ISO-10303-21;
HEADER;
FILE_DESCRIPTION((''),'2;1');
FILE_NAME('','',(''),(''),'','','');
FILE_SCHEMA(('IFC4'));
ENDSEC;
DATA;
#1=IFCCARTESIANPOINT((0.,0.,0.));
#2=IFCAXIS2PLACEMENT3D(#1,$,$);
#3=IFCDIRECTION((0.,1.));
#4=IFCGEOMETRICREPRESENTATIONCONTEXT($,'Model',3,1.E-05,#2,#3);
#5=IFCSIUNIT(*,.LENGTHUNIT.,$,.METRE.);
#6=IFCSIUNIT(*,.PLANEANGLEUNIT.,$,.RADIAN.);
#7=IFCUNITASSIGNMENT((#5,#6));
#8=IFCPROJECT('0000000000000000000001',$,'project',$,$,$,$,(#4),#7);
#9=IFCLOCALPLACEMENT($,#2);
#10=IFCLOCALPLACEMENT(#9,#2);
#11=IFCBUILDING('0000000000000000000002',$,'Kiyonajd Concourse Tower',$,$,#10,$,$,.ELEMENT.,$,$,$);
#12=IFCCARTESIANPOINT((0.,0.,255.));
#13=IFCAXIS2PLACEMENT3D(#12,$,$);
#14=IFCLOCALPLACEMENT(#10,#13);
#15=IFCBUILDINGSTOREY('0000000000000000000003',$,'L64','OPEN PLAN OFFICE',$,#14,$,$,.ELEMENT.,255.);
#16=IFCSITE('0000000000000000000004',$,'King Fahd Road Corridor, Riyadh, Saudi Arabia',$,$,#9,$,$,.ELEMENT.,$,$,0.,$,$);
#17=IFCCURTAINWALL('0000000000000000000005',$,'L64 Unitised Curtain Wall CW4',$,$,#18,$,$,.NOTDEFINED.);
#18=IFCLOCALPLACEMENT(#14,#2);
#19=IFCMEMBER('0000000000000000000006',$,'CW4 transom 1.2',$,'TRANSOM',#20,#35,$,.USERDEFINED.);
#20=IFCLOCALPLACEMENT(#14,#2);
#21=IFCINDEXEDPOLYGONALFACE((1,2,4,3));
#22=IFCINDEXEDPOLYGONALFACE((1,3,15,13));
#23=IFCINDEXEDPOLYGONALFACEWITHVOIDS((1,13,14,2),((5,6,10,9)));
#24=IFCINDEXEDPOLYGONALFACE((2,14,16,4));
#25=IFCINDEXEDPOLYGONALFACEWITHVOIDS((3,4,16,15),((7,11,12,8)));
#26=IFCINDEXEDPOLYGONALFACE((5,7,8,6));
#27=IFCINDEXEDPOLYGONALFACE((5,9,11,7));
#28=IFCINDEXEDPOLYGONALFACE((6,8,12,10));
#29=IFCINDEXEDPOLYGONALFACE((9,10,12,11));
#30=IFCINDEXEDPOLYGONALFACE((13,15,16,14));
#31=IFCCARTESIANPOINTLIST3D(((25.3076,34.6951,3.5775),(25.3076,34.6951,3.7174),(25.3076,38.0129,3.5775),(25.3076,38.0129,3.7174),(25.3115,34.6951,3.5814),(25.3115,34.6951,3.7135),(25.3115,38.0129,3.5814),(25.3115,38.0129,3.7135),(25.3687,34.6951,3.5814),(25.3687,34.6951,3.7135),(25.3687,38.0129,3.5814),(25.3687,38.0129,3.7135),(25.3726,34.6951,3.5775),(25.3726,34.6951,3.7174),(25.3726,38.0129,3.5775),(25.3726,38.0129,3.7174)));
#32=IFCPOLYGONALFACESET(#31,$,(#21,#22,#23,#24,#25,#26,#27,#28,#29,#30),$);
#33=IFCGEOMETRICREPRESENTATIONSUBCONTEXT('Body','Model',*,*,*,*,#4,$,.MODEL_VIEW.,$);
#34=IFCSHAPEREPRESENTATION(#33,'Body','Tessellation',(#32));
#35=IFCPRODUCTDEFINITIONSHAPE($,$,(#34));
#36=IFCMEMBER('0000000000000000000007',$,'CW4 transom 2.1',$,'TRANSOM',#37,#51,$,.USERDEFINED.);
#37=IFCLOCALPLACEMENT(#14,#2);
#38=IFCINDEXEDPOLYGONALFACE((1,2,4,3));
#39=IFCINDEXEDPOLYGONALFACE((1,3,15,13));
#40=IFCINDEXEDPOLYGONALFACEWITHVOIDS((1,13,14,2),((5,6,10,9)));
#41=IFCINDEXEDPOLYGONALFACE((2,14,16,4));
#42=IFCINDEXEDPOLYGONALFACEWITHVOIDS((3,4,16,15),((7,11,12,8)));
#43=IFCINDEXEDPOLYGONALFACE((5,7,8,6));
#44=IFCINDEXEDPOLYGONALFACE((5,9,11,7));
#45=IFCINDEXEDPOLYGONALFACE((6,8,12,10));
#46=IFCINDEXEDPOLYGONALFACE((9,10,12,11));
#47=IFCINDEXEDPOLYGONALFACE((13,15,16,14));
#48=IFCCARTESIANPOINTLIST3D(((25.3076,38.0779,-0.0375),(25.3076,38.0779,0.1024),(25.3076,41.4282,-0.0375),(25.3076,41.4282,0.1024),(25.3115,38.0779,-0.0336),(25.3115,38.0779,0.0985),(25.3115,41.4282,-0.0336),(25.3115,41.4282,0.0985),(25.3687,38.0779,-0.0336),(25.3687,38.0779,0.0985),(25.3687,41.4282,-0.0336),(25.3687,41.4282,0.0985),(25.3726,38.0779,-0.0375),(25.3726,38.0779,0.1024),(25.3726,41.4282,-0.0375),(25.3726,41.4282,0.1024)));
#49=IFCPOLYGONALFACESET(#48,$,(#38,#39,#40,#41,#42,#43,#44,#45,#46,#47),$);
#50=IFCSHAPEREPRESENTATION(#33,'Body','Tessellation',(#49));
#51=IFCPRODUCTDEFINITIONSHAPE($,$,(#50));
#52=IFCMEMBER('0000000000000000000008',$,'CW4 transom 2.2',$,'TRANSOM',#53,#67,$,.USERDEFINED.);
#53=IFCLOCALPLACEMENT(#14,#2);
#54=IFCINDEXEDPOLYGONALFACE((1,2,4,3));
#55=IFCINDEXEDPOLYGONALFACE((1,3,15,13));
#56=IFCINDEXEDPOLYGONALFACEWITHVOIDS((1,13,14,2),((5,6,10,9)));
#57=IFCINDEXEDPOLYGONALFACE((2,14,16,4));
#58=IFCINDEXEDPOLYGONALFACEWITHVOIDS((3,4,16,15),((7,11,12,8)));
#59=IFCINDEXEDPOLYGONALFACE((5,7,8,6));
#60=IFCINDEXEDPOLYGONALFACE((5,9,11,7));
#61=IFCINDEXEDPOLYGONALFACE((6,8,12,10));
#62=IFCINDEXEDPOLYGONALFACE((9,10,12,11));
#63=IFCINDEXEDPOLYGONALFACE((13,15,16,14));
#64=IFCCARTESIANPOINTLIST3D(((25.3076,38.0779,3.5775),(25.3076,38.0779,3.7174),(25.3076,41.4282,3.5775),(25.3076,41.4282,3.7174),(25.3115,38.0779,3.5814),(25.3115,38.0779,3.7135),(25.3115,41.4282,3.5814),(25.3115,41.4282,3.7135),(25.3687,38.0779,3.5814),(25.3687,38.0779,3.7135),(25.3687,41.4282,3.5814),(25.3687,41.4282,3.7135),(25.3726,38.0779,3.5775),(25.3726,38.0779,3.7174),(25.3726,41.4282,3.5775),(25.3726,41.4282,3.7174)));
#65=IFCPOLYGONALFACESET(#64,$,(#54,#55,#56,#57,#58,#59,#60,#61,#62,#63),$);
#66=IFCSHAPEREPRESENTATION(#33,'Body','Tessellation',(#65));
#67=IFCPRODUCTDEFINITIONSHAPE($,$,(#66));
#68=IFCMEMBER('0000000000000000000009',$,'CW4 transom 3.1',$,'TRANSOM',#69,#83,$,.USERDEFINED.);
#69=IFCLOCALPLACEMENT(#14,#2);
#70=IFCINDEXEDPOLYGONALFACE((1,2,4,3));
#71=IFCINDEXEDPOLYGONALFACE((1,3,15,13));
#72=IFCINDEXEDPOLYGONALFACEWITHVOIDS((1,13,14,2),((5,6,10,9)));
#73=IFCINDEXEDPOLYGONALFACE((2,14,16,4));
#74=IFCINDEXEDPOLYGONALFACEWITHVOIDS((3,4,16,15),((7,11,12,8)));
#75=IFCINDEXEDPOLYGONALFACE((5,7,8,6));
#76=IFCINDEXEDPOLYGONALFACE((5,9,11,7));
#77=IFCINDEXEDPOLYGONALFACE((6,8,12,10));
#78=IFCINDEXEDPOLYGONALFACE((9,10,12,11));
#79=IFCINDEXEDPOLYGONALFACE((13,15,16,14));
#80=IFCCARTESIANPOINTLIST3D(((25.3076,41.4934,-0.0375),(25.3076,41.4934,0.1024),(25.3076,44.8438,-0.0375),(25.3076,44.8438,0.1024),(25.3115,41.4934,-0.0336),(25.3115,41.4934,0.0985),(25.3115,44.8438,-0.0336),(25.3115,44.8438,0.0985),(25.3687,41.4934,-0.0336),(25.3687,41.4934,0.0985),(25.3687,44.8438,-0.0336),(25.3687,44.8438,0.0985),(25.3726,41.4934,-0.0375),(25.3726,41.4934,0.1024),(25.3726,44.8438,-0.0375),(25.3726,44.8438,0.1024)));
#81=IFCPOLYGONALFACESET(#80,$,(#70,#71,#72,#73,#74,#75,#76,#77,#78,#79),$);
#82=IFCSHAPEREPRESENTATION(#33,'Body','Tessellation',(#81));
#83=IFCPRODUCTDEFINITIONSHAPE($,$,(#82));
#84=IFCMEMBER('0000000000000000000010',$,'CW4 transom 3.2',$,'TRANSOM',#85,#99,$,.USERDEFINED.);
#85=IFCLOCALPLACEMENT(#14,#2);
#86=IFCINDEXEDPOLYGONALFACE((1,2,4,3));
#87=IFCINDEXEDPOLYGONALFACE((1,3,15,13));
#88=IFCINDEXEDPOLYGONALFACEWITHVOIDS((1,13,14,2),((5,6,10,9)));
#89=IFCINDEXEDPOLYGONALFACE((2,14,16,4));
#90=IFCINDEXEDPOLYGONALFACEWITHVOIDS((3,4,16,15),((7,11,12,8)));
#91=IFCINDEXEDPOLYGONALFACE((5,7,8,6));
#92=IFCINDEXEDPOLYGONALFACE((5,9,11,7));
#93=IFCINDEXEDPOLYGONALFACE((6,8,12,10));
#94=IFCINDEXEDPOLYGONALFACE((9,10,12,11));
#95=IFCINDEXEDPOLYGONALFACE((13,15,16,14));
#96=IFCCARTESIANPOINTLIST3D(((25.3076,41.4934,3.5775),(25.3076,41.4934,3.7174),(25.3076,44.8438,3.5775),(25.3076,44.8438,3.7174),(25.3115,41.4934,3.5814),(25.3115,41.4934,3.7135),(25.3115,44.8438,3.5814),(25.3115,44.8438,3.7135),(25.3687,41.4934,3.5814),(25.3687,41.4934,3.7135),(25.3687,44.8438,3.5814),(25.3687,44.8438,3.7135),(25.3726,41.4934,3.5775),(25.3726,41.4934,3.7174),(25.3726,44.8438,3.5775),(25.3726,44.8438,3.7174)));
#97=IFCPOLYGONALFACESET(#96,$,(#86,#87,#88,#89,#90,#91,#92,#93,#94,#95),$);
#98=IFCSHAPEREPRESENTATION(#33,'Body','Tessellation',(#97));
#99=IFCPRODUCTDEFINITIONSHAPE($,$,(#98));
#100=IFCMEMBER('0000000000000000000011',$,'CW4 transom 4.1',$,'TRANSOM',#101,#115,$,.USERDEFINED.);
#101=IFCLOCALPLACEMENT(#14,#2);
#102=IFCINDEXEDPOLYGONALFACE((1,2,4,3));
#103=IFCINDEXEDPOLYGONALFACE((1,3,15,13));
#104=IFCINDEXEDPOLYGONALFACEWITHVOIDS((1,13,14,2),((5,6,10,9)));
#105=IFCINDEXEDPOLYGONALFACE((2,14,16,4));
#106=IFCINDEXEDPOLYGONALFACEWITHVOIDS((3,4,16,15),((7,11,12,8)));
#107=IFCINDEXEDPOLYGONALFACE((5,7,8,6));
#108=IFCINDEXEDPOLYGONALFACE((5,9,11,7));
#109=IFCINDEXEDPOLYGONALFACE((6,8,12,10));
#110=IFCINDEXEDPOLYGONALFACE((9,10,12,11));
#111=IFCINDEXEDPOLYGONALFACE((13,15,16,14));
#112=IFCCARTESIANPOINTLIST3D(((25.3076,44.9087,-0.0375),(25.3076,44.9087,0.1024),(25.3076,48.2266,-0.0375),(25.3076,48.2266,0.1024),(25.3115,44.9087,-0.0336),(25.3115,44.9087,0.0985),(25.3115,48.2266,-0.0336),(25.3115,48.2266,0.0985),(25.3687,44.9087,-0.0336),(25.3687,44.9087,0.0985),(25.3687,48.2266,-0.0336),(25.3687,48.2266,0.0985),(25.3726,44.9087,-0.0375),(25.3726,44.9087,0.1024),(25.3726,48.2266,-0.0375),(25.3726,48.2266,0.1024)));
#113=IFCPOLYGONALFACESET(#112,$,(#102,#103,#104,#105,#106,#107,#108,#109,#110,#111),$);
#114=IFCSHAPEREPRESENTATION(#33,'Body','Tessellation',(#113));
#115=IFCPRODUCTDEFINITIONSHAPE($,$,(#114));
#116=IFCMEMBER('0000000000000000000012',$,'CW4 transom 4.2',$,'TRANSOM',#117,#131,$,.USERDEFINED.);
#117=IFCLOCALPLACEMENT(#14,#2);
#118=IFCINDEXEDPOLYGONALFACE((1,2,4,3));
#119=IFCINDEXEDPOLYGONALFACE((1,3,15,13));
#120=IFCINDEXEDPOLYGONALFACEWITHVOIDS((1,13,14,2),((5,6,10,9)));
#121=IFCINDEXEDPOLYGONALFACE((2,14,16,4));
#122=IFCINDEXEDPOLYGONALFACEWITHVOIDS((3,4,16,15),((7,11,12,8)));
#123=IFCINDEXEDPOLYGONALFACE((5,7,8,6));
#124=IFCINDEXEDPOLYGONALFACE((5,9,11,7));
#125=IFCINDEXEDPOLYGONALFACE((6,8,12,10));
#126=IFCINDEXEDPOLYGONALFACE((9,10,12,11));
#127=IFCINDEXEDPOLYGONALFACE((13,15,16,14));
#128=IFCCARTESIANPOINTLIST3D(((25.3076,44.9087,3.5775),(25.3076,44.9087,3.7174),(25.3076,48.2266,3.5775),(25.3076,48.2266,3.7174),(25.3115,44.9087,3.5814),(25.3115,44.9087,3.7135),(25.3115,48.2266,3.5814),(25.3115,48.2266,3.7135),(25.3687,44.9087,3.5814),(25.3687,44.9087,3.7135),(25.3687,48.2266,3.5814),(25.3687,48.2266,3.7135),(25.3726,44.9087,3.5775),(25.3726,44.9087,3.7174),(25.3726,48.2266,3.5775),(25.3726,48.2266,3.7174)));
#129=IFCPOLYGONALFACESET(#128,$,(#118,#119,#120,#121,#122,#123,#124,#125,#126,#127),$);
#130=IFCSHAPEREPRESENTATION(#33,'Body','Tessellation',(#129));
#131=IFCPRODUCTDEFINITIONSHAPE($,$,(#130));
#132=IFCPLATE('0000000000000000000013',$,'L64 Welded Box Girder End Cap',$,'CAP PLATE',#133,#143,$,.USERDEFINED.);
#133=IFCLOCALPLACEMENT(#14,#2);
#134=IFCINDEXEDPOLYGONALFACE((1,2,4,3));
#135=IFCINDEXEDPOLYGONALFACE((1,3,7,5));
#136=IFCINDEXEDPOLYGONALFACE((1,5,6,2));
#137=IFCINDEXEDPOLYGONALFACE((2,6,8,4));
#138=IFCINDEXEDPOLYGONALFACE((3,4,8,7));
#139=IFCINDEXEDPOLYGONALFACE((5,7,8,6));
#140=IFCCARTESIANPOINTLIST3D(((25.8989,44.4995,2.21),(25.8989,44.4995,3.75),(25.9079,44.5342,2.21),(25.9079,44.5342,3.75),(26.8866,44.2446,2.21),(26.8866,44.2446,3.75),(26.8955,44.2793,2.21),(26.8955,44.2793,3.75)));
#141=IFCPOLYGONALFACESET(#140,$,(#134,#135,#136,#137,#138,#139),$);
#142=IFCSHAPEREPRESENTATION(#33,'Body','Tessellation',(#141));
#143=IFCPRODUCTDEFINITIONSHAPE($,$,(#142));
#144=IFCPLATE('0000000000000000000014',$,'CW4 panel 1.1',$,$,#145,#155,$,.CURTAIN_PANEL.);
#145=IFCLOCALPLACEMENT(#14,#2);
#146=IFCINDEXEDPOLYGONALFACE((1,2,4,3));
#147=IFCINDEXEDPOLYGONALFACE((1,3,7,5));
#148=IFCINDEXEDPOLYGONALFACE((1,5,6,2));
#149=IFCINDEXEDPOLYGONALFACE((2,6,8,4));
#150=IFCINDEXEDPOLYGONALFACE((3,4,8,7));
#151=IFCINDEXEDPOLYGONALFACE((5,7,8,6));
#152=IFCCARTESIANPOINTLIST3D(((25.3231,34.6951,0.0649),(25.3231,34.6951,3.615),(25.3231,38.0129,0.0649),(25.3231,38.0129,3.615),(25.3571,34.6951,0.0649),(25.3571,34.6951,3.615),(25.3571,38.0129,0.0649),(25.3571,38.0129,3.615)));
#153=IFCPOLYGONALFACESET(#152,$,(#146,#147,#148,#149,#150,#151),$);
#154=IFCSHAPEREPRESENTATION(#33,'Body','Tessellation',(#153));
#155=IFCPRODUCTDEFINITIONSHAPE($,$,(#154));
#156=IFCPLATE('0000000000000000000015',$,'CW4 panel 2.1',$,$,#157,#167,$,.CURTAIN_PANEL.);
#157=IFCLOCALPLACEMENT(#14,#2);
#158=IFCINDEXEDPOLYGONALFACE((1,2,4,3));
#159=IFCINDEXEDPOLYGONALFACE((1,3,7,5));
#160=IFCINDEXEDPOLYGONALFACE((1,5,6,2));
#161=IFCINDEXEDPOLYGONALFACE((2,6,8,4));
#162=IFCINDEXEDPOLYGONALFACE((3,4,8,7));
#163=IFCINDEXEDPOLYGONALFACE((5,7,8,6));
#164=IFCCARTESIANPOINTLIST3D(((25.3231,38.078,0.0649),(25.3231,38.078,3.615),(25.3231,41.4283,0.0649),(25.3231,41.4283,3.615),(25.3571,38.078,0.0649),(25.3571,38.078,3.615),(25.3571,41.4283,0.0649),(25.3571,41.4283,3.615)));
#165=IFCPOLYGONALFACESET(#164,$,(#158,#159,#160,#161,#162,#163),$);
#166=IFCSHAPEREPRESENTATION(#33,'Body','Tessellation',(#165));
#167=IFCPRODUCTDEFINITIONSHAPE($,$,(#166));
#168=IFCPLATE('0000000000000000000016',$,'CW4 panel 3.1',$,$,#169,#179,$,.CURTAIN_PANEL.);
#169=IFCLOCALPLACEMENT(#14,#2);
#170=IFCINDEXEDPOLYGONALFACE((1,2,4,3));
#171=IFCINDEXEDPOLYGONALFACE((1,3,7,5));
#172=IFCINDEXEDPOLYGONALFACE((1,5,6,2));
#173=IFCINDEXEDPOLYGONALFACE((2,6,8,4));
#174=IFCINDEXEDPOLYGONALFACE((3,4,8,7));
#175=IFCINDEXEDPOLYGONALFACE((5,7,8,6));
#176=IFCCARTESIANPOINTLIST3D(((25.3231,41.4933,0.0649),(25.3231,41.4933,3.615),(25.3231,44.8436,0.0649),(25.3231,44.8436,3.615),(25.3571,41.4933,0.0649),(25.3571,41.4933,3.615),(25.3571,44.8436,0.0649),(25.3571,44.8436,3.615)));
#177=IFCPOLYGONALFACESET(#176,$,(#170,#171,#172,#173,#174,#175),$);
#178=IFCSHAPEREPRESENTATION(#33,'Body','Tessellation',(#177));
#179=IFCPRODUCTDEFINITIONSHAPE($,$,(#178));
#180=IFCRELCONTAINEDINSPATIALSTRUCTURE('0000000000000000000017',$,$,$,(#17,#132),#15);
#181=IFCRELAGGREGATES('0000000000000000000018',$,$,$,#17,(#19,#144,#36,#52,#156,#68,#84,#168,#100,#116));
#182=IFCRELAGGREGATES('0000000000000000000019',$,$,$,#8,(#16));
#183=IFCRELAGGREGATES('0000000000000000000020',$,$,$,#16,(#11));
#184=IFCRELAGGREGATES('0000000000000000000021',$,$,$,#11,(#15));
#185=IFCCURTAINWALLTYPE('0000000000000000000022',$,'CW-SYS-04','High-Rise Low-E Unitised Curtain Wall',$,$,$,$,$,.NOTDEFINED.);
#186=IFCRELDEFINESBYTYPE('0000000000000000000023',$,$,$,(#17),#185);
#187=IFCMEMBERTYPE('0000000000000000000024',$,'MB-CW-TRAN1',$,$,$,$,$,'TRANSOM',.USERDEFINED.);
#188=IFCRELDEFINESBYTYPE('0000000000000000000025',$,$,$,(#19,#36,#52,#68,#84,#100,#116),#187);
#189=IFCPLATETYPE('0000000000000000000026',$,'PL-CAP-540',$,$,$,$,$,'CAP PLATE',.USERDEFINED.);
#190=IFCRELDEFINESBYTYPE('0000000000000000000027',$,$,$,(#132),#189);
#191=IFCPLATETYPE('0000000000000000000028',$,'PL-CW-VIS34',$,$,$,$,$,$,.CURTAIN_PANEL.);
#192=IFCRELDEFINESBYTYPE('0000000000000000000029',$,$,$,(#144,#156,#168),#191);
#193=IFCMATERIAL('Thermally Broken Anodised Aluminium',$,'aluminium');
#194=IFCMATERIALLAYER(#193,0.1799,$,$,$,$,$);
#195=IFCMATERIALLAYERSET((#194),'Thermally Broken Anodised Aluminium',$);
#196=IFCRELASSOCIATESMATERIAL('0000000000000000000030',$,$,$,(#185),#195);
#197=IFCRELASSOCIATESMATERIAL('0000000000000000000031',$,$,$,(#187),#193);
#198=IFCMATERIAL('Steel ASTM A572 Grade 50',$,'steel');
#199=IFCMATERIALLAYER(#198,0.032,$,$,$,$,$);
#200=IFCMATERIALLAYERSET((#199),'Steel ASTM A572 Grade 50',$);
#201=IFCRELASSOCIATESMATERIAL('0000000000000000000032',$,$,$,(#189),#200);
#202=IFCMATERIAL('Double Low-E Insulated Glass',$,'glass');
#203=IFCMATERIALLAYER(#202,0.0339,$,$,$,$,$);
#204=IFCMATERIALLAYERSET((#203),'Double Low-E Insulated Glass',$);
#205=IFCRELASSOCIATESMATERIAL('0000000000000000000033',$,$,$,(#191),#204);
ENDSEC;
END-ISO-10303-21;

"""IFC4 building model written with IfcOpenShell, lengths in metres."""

from ifc_helpers import new_model, si_unit, direction, frame, origin, origin_2d, place, context, subcontext, project, spatial, rectangle, hollow_rectangle, extrude, material, layer, layer_set, material_profile, profile_set, type_object, element, aggregate, save


model = new_model("IFC4")

# Units and contexts
model_context = context("Model", 3, precision=1e-05, world=origin(), true_north=direction((0.0, 1.0)))
body_context = subcontext(model_context, "Body", "Model", "MODEL_VIEW")
ifc_project = project(units=[si_unit("LENGTHUNIT", "METRE"), si_unit("PLANEANGLEUNIT", "RADIAN")], contexts=[model_context])

# Site, building, storey
site_placement = place(None, origin())
site = spatial("IfcSite", under=ifc_project, at=site_placement, Name="King Fahd Road Corridor, Riyadh, Saudi Arabia", CompositionType="ELEMENT", RefElevation=0.0)
building_placement = place(site_placement, origin())
building = spatial("IfcBuilding", under=site, at=building_placement, Name="Kiyonajd Concourse Tower", CompositionType="ELEMENT")
storey_placement = place(building_placement, frame((0.0, 0.0, 255.0)))
storey = spatial("IfcBuildingStorey", under=building, at=storey_placement, Name="L64", Description="OPEN PLAN OFFICE", CompositionType="ELEMENT", Elevation=255.0)

# Curtain wall, members
ifc_material_1 = material(Name="Thermally Broken Anodised Aluminium", Category="aluminium")
ifc_layer_1 = layer(ifc_material_1, 0.1799)
ifc_layer_set_1 = layer_set([ifc_layer_1], Name="Thermally Broken Anodised Aluminium")
curtain_wall_type = type_object("IfcCurtainWallType", Name="CW-SYS-04", Description="High-Rise Low-E Unitised Curtain Wall", PredefinedType="NOTDEFINED", material=ifc_layer_set_1)
curtain_wall_placement = place(storey_placement, origin())
curtain_wall = element("IfcCurtainWall", 1, at=curtain_wall_placement, inside=storey, type_object=curtain_wall_type, Name="L64 Unitised Curtain Wall CW4", PredefinedType="NOTDEFINED")
ifc_material_profile_1 = material_profile(ifc_material_1, hollow_rectangle(XDim=0.0649, YDim=0.1399, WallThickness=0.0039, at=origin_2d()), Name="TRAN-65x140")
ifc_profile_set_1 = profile_set([ifc_material_profile_1], Name="Thermally Broken Anodised Aluminium")
member_type_1 = type_object("IfcMemberType", Name="MB-CW-TRAN1", ElementType="TRANSOM", PredefinedType="USERDEFINED", material=ifc_profile_set_1)
member_1_placement = place(storey_placement, frame((25.3401, 34.6951, 3.6475), z_axis=(0.0, 1.0, 0.0), x_axis=(-1.0, 0.0, 0.0)))
member_1 = element("IfcMember", 2, at=member_1_placement, type_object=member_type_1, Name="CW4 transom 1.2", ObjectType="TRANSOM", PredefinedType="USERDEFINED", context=body_context, shape_type="SweptSolid", body=[
    extrude(hollow_rectangle(XDim=0.0649, YDim=0.1399, WallThickness=0.0039, at=origin_2d()), origin(), (0.0, 0.0, 1.0), 3.3179),
])
member_2_placement = place(storey_placement, frame((25.3401, 38.0779, 0.0325), z_axis=(0.0, 1.0, 0.0), x_axis=(-1.0, 0.0, 0.0)))
member_2 = element("IfcMember", 3, at=member_2_placement, type_object=member_type_1, Name="CW4 transom 2.1", ObjectType="TRANSOM", PredefinedType="USERDEFINED", context=body_context, shape_type="SweptSolid", body=[
    extrude(hollow_rectangle(XDim=0.0649, YDim=0.1399, WallThickness=0.0039, at=origin_2d()), origin(), (0.0, 0.0, 1.0), 3.3503),
])
member_3_placement = place(storey_placement, frame((25.3401, 38.0779, 3.6475), z_axis=(0.0, 1.0, 0.0), x_axis=(-1.0, 0.0, 0.0)))
member_3 = element("IfcMember", 4, at=member_3_placement, type_object=member_type_1, Name="CW4 transom 2.2", ObjectType="TRANSOM", PredefinedType="USERDEFINED", context=body_context, shape_type="SweptSolid", body=[
    extrude(hollow_rectangle(XDim=0.0649, YDim=0.1399, WallThickness=0.0039, at=origin_2d()), origin(), (0.0, 0.0, 1.0), 3.3503),
])
member_4_placement = place(storey_placement, frame((25.3401, 41.4934, 0.0325), z_axis=(0.0, 1.0, 0.0), x_axis=(-1.0, 0.0, 0.0)))
member_4 = element("IfcMember", 5, at=member_4_placement, type_object=member_type_1, Name="CW4 transom 3.1", ObjectType="TRANSOM", PredefinedType="USERDEFINED", context=body_context, shape_type="SweptSolid", body=[
    extrude(hollow_rectangle(XDim=0.0649, YDim=0.1399, WallThickness=0.0039, at=origin_2d()), origin(), (0.0, 0.0, 1.0), 3.3503),
])
member_5_placement = place(storey_placement, frame((25.3401, 41.4934, 3.6475), z_axis=(0.0, 1.0, 0.0), x_axis=(-1.0, 0.0, 0.0)))
member_5 = element("IfcMember", 6, at=member_5_placement, type_object=member_type_1, Name="CW4 transom 3.2", ObjectType="TRANSOM", PredefinedType="USERDEFINED", context=body_context, shape_type="SweptSolid", body=[
    extrude(hollow_rectangle(XDim=0.0649, YDim=0.1399, WallThickness=0.0039, at=origin_2d()), origin(), (0.0, 0.0, 1.0), 3.3503),
])
member_6_placement = place(storey_placement, frame((25.3401, 44.9087, 0.0325), z_axis=(0.0, 1.0, 0.0), x_axis=(-1.0, 0.0, 0.0)))
member_6 = element("IfcMember", 7, at=member_6_placement, type_object=member_type_1, Name="CW4 transom 4.1", ObjectType="TRANSOM", PredefinedType="USERDEFINED", context=body_context, shape_type="SweptSolid", body=[
    extrude(hollow_rectangle(XDim=0.0649, YDim=0.1399, WallThickness=0.0039, at=origin_2d()), origin(), (0.0, 0.0, 1.0), 3.3179),
])
member_7_placement = place(storey_placement, frame((25.3401, 44.9087, 3.6475), z_axis=(0.0, 1.0, 0.0), x_axis=(-1.0, 0.0, 0.0)))
member_7 = element("IfcMember", 8, at=member_7_placement, type_object=member_type_1, Name="CW4 transom 4.2", ObjectType="TRANSOM", PredefinedType="USERDEFINED", context=body_context, shape_type="SweptSolid", body=[
    extrude(hollow_rectangle(XDim=0.0649, YDim=0.1399, WallThickness=0.0039, at=origin_2d()), origin(), (0.0, 0.0, 1.0), 3.3179),
])

# Plates
ifc_material_2 = material(Name="Steel ASTM A572 Grade 50", Category="steel")
ifc_layer_2 = layer(ifc_material_2, 0.032)
ifc_layer_set_2 = layer_set([ifc_layer_2], Name="Steel ASTM A572 Grade 50")
plate_type_1 = type_object("IfcPlateType", Name="PL-CAP-540", ElementType="CAP PLATE", PredefinedType="USERDEFINED", material=ifc_layer_set_2)
plate_1_placement = place(storey_placement, frame((26.3972, 44.3894, 2.21), z_axis=(0.0, 0.0, 1.0), x_axis=(-0.249873, -0.968279, 0.0)))
element("IfcPlate", 9, at=plate_1_placement, inside=storey, type_object=plate_type_1, Name="L64 Welded Box Girder End Cap", ObjectType="CAP PLATE", PredefinedType="USERDEFINED", context=body_context, shape_type="SweptSolid", body=[
    extrude(rectangle(XDim=0.0359, YDim=1.02, at=origin_2d()), origin(), (0.0, 0.0, 1.0), 1.54),
])
ifc_material_3 = material(Name="Double Low-E Insulated Glass", Category="glass")
ifc_layer_3 = layer(ifc_material_3, 0.0339)
ifc_layer_set_3 = layer_set([ifc_layer_3], Name="Double Low-E Insulated Glass")
plate_type_2 = type_object("IfcPlateType", Name="PL-CW-VIS34", PredefinedType="CURTAIN_PANEL", material=ifc_layer_set_3)
plate_2_placement = place(storey_placement, frame((25.3401, 36.354, 0.0649), z_axis=(0.0, 0.0, 1.0), x_axis=(0.0, 1.0, 0.0)))
plate_2 = element("IfcPlate", 10, at=plate_2_placement, type_object=plate_type_2, Name="CW4 panel 1.1", PredefinedType="CURTAIN_PANEL", context=body_context, shape_type="SweptSolid", body=[
    extrude(rectangle(XDim=3.3179, YDim=0.0339, at=origin_2d()), origin(), (0.0, 0.0, 1.0), 3.55),
])
plate_3_placement = place(storey_placement, frame((25.3401, 39.7532, 0.0649), z_axis=(0.0, 0.0, 1.0), x_axis=(0.0, 1.0, 0.0)))
plate_3 = element("IfcPlate", 11, at=plate_3_placement, type_object=plate_type_2, Name="CW4 panel 2.1", PredefinedType="CURTAIN_PANEL", context=body_context, shape_type="SweptSolid", body=[
    extrude(rectangle(XDim=3.3503, YDim=0.0339, at=origin_2d()), origin(), (0.0, 0.0, 1.0), 3.55),
])
plate_4_placement = place(storey_placement, frame((25.3401, 43.1685, 0.0649), z_axis=(0.0, 0.0, 1.0), x_axis=(0.0, 1.0, 0.0)))
plate_4 = element("IfcPlate", 12, at=plate_4_placement, type_object=plate_type_2, Name="CW4 panel 3.1", PredefinedType="CURTAIN_PANEL", context=body_context, shape_type="SweptSolid", body=[
    extrude(rectangle(XDim=3.3503, YDim=0.0339, at=origin_2d()), origin(), (0.0, 0.0, 1.0), 3.55),
])
aggregate(curtain_wall, [member_1, plate_2, member_2, member_3, plate_3, member_4, member_5, plate_4, member_6, member_7])

save(model, "model.ifc")
